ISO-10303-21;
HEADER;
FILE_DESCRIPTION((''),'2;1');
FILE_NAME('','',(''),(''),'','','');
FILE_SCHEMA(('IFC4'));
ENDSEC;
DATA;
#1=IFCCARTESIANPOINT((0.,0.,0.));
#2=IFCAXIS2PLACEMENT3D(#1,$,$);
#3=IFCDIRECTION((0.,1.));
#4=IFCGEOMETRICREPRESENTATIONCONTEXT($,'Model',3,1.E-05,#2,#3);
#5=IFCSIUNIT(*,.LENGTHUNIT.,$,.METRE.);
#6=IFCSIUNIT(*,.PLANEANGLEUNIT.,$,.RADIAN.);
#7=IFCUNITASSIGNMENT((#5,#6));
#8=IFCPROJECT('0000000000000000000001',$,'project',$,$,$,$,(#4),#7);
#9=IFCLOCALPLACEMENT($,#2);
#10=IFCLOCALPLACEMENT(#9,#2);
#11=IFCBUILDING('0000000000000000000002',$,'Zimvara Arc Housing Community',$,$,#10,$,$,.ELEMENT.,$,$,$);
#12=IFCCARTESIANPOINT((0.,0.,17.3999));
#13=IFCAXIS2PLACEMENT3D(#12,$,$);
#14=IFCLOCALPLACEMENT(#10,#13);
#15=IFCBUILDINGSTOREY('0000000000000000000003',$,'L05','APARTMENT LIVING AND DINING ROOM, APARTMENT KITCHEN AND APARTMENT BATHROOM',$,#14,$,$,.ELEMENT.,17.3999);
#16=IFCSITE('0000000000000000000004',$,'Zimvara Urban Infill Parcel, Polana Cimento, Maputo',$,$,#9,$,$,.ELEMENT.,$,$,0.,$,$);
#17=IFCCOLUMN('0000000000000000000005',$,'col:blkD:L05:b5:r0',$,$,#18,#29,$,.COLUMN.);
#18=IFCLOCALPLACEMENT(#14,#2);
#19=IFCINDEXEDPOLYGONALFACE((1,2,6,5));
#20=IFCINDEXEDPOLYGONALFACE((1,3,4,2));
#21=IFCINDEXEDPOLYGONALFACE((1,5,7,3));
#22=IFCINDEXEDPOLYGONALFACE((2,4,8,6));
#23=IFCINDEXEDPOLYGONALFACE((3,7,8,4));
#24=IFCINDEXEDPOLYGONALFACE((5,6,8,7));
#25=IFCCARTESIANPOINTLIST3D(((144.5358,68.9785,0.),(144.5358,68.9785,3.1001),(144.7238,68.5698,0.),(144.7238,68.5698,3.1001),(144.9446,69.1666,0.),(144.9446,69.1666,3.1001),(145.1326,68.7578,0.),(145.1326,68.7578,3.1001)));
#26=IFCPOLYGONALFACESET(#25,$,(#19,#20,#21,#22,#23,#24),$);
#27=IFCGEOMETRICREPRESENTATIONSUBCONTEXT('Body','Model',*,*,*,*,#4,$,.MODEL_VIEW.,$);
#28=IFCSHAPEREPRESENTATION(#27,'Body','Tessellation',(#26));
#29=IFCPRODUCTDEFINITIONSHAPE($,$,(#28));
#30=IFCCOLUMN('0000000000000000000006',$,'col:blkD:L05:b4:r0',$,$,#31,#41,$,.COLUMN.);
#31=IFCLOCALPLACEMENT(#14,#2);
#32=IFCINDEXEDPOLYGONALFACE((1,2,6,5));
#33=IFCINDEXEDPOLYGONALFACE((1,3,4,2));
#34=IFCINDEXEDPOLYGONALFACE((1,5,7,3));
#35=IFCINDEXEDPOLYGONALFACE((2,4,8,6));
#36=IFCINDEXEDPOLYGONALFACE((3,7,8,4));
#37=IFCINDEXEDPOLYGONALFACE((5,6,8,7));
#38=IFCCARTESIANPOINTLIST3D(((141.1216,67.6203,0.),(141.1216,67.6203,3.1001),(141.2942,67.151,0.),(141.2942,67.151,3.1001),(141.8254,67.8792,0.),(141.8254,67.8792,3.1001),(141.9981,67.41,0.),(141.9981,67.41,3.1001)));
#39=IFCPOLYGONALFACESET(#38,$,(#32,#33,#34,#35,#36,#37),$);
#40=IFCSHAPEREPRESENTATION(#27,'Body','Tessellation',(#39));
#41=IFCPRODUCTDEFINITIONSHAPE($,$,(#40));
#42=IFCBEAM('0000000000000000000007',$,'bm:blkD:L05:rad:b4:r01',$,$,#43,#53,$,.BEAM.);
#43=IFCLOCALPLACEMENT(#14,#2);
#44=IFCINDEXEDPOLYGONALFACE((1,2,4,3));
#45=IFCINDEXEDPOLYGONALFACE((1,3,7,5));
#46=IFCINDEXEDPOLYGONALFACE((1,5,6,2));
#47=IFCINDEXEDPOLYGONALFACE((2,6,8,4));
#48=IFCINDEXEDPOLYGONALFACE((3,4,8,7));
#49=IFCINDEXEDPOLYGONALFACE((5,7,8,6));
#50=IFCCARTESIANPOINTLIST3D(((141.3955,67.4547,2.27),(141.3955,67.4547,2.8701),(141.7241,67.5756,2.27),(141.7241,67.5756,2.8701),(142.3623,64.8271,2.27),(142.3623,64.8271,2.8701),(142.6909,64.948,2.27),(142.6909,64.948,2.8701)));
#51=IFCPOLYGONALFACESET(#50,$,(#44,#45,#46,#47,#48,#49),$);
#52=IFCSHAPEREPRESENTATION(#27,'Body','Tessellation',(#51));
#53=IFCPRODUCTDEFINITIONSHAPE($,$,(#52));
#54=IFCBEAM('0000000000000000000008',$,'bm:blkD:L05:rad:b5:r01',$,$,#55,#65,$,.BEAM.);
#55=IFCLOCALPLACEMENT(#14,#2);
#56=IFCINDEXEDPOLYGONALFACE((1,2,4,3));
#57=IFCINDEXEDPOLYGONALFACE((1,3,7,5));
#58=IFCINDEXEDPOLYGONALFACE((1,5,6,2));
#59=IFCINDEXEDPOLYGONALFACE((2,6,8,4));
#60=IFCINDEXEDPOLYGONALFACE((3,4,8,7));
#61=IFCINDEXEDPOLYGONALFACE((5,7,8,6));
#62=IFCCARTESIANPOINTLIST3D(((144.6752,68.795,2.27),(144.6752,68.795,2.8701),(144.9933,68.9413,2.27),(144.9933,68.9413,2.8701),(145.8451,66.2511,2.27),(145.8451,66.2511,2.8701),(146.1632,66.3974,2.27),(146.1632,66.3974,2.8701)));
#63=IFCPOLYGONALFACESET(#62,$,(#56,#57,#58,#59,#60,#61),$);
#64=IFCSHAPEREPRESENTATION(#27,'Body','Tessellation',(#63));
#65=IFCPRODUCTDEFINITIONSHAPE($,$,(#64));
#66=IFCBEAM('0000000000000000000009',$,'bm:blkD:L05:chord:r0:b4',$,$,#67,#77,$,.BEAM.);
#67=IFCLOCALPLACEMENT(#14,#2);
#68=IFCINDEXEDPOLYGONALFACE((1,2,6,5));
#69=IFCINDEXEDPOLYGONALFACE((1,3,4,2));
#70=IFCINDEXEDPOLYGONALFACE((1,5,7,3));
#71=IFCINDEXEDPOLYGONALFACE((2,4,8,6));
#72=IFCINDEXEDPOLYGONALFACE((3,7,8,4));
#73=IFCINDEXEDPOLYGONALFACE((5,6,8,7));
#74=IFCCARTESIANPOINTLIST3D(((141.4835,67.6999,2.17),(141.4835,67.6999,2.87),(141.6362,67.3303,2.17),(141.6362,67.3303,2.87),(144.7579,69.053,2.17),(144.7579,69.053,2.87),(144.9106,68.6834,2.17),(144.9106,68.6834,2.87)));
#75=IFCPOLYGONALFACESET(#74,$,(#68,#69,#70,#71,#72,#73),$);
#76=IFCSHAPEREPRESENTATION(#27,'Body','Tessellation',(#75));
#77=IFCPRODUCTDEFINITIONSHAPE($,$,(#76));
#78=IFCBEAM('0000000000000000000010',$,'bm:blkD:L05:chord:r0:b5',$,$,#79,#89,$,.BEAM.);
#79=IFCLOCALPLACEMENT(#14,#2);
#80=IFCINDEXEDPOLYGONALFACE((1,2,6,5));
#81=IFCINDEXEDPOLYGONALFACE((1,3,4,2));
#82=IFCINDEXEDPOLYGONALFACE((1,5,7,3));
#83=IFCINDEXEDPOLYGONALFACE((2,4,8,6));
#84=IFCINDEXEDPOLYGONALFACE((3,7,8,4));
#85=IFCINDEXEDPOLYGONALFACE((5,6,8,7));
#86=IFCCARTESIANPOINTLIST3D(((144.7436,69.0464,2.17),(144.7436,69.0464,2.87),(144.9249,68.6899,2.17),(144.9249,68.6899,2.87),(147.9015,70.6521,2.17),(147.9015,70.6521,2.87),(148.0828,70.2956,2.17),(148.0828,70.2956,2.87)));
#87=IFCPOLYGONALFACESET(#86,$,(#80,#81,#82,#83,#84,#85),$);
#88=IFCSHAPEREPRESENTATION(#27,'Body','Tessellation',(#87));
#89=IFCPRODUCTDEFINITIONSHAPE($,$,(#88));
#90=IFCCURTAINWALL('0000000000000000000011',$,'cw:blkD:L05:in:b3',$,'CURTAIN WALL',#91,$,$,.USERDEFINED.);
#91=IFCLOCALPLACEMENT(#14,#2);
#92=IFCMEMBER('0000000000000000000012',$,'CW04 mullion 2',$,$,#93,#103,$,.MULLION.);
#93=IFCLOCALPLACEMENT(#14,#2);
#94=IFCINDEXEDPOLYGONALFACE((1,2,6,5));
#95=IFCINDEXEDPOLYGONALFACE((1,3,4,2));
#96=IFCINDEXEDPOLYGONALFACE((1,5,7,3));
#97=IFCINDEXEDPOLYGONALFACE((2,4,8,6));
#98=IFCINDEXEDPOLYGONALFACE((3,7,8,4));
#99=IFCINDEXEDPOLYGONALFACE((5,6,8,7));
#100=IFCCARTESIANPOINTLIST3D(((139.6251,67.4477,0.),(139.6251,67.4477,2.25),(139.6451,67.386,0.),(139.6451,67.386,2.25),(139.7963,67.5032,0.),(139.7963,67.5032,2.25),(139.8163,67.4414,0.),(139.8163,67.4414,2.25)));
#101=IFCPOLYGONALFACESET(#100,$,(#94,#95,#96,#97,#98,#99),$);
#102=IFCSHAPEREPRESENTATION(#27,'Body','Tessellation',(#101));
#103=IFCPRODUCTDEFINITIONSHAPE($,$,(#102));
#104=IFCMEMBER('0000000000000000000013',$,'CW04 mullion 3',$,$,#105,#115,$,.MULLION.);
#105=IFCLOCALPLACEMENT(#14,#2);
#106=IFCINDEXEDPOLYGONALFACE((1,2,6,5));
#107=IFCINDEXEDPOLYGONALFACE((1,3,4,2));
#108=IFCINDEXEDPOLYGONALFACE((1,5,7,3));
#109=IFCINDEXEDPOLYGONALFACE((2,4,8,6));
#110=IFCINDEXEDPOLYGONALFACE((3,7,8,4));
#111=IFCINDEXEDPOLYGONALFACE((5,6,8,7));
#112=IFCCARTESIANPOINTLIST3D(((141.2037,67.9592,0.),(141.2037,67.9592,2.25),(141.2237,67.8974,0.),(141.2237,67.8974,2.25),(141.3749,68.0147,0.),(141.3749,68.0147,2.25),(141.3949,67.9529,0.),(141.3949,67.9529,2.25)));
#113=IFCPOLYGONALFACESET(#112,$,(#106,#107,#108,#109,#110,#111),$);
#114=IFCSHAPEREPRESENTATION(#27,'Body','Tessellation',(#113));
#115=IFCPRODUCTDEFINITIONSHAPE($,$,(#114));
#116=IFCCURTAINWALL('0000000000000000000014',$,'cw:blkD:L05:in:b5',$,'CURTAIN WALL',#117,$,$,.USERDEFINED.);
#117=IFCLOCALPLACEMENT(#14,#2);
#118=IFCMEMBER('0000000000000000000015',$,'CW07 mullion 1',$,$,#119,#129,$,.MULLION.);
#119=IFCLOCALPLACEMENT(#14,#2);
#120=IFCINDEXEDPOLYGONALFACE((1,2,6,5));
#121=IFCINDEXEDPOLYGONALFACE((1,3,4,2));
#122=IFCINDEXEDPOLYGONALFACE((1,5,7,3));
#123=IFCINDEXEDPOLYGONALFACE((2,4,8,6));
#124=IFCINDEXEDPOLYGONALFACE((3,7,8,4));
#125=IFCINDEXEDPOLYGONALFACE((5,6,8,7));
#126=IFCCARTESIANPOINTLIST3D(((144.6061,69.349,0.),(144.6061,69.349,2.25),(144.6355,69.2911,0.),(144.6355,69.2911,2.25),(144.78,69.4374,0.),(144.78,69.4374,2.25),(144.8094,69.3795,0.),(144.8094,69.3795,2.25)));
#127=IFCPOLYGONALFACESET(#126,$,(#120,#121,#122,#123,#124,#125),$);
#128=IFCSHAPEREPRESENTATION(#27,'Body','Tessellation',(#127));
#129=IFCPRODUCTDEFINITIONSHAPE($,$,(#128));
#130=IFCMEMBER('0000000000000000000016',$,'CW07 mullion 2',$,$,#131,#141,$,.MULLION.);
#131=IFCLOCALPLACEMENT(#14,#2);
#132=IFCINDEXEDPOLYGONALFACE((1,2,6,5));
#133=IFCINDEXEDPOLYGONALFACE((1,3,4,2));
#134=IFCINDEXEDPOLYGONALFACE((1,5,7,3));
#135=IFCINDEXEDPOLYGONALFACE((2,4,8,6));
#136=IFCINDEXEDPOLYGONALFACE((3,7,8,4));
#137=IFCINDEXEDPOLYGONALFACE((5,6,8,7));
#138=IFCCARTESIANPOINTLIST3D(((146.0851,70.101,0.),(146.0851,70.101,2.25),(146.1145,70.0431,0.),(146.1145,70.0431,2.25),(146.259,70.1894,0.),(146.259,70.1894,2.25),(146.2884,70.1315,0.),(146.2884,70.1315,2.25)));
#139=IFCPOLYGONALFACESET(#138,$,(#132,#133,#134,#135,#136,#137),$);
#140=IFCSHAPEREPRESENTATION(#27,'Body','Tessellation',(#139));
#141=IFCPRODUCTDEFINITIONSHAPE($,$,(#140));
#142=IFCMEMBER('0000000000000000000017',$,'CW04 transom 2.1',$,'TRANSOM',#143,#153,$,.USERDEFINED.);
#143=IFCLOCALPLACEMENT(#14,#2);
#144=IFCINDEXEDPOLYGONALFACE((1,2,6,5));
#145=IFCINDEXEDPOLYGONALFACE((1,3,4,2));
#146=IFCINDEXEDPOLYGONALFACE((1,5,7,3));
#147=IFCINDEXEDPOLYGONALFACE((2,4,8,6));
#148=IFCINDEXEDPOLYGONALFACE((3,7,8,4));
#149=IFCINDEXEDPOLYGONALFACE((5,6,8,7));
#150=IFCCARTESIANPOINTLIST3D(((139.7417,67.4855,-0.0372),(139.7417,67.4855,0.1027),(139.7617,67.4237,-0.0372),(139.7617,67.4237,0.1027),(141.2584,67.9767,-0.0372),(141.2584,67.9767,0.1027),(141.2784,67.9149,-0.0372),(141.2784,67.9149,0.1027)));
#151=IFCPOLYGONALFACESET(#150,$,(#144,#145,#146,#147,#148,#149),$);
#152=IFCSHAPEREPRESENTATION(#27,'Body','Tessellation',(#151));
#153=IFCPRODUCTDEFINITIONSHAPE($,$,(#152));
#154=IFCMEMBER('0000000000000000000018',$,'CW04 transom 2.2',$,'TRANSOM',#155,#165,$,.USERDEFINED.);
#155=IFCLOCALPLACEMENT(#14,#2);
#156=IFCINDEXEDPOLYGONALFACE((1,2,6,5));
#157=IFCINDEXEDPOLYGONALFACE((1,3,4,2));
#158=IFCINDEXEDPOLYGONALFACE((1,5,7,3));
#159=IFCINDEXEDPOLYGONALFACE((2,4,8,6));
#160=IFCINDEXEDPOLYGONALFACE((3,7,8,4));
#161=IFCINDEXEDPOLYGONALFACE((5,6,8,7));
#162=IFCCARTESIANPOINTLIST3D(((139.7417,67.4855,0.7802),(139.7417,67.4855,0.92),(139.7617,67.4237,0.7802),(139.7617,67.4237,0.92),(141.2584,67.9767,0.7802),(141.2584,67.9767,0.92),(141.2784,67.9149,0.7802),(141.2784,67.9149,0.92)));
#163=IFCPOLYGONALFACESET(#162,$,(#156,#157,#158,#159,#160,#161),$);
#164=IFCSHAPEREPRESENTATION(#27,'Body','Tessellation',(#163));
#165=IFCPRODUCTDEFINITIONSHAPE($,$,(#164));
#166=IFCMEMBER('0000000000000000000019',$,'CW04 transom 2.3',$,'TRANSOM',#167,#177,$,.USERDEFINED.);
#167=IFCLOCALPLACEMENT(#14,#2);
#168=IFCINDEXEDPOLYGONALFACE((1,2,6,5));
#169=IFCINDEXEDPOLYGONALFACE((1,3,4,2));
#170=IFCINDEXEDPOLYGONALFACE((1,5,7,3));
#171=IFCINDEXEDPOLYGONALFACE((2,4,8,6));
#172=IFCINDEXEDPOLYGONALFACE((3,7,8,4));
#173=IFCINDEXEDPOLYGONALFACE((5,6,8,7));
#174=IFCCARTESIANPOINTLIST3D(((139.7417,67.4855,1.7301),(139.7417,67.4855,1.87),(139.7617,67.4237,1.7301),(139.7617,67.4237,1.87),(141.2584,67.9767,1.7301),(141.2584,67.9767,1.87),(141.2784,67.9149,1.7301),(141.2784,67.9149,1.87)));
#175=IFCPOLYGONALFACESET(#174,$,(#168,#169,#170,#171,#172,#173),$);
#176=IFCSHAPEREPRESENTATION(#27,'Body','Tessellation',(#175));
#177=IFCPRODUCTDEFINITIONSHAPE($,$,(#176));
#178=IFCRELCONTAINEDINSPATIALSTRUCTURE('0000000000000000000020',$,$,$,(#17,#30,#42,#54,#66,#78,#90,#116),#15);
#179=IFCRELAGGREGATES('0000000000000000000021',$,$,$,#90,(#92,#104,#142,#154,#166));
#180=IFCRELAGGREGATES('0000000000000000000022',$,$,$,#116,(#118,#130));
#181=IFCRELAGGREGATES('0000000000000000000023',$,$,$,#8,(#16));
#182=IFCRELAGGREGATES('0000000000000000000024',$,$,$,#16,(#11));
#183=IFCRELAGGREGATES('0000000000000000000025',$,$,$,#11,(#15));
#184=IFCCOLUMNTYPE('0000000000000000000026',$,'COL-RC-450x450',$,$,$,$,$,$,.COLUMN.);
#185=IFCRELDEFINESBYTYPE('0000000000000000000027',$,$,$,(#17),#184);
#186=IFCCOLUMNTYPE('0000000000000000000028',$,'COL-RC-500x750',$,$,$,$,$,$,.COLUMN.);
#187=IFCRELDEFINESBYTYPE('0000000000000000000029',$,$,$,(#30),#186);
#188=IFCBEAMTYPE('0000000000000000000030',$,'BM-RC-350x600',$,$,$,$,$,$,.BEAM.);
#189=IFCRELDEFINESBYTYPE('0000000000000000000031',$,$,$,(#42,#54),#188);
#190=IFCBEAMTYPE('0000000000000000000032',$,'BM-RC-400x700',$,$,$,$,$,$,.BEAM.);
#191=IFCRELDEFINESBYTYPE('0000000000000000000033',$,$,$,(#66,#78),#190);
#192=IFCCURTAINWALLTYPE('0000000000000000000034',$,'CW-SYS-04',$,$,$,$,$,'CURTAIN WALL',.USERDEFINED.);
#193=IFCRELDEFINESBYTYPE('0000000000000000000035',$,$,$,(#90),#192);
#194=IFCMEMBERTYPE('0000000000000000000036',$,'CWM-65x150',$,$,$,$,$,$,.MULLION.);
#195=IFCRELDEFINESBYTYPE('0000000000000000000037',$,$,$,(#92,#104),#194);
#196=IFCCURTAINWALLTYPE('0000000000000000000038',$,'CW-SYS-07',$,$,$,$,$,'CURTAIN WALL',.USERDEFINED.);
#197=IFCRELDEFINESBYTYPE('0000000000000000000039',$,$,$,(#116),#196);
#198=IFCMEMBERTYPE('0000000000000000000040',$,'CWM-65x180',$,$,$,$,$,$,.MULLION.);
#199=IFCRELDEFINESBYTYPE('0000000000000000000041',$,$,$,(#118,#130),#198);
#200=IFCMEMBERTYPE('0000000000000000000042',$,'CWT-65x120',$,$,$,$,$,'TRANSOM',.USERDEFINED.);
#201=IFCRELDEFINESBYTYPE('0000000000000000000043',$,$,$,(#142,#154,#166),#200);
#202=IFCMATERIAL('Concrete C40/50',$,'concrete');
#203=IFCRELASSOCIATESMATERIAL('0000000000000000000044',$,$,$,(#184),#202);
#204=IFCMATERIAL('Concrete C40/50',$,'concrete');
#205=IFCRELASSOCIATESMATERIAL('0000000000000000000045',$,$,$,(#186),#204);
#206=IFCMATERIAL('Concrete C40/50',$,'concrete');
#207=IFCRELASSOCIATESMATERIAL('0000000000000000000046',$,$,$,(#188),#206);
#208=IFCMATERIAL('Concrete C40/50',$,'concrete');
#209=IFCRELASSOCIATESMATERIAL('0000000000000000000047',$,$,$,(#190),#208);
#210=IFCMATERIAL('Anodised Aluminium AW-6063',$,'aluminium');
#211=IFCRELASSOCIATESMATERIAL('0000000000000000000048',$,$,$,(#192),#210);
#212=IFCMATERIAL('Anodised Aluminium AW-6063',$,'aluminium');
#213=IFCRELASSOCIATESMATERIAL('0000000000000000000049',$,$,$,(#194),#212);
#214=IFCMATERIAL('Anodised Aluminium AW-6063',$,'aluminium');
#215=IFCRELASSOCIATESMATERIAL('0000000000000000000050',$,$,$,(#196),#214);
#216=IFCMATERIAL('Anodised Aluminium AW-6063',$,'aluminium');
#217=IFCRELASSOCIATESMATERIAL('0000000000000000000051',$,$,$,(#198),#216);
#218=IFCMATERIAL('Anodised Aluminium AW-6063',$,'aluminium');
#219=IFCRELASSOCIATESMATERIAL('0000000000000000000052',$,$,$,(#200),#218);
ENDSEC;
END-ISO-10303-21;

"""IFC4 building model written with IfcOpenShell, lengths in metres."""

from ifc_helpers import new_model, si_unit, direction, frame, origin, origin_2d, place, context, subcontext, project, spatial, rectangle, extrude, material, material_profile, profile_set, type_object, element, aggregate, save


model = new_model("IFC4")

# Units and contexts
model_context = context("Model", 3, precision=1e-05, world=origin(), true_north=direction((0.0, 1.0)))
body_context = subcontext(model_context, "Body", "Model", "MODEL_VIEW")
ifc_project = project(units=[si_unit("LENGTHUNIT", "METRE"), si_unit("PLANEANGLEUNIT", "RADIAN")], contexts=[model_context])

# Site, building, storey
site_placement = place(None, origin())
site = spatial("IfcSite", under=ifc_project, at=site_placement, Name="Zimvara Urban Infill Parcel, Polana Cimento, Maputo", CompositionType="ELEMENT", RefElevation=0.0)
building_placement = place(site_placement, origin())
building = spatial("IfcBuilding", under=site, at=building_placement, Name="Zimvara Arc Housing Community", CompositionType="ELEMENT")
storey_placement = place(building_placement, frame((0.0, 0.0, 17.3999)))
storey = spatial("IfcBuildingStorey", under=building, at=storey_placement, Name="L05", Description="APARTMENT LIVING AND DINING ROOM, APARTMENT KITCHEN AND APARTMENT BATHROOM", CompositionType="ELEMENT", Elevation=17.3999)

# Columns
ifc_material_1 = material(Name="Concrete C40/50", Category="concrete")
ifc_material_profile_1 = material_profile(ifc_material_1, rectangle(XDim=0.45, YDim=0.45, at=origin_2d()), Name="RC 450x450")
ifc_profile_set_1 = profile_set([ifc_material_profile_1], Name="Concrete C40/50")
column_type_1 = type_object("IfcColumnType", Name="COL-RC-450x450", PredefinedType="COLUMN", material=ifc_profile_set_1)
column_1_placement = place(storey_placement, frame((144.8342, 68.8682, 0.0), z_axis=(0.0, 0.0, 1.0), x_axis=(0.417867, -0.908508, 0.0)))
element("IfcColumn", 1, at=column_1_placement, inside=storey, type_object=column_type_1, Name="col:blkD:L05:b5:r0", PredefinedType="COLUMN", context=body_context, shape_type="SweptSolid", body=[
    extrude(rectangle(XDim=0.45, YDim=0.45, at=origin_2d()), origin(), (0.0, 0.0, 1.0), 3.1001),
])
ifc_material_2 = material(Name="Concrete C40/50", Category="concrete")
ifc_material_profile_2 = material_profile(ifc_material_2, rectangle(XDim=0.5, YDim=0.75, at=origin_2d()), Name="RC 500x750")
ifc_profile_set_2 = profile_set([ifc_material_profile_2], Name="Concrete C40/50")
column_type_2 = type_object("IfcColumnType", Name="COL-RC-500x750", PredefinedType="COLUMN", material=ifc_profile_set_2)
column_2_placement = place(storey_placement, frame((141.5598, 67.5151, 0.0), z_axis=(0.0, 0.0, 1.0), x_axis=(0.345298, -0.938493, 0.0)))
element("IfcColumn", 2, at=column_2_placement, inside=storey, type_object=column_type_2, Name="col:blkD:L05:b4:r0", PredefinedType="COLUMN", context=body_context, shape_type="SweptSolid", body=[
    extrude(rectangle(XDim=0.5, YDim=0.75, at=origin_2d()), origin(), (0.0, 0.0, 1.0), 3.1001),
])

# Beams
ifc_material_3 = material(Name="Concrete C40/50", Category="concrete")
ifc_material_profile_3 = material_profile(ifc_material_3, rectangle(XDim=0.3501, YDim=0.6001, at=origin_2d()), Name="RC 350x600")
ifc_profile_set_3 = profile_set([ifc_material_profile_3], Name="Concrete C40/50")
beam_type_1 = type_object("IfcBeamType", Name="BM-RC-350x600", PredefinedType="BEAM", material=ifc_profile_set_3)
beam_1_placement = place(storey_placement, frame((141.5598, 67.5151, 2.5701), z_axis=(0.345297, -0.938493, 0.0), x_axis=(0.938493, 0.345297, 0.0)))
element("IfcBeam", 3, at=beam_1_placement, inside=storey, type_object=beam_type_1, Name="bm:blkD:L05:rad:b4:r01", PredefinedType="BEAM", context=body_context, shape_type="SweptSolid", body=[
    extrude(rectangle(XDim=0.3501, YDim=0.6001, at=origin_2d()), origin(), (0.0, 0.0, 1.0), 2.7998),
])
beam_2_placement = place(storey_placement, frame((144.8342, 68.8682, 2.5701), z_axis=(0.417819, -0.90853, 0.0), x_axis=(0.90853, 0.417819, 0.0)))
element("IfcBeam", 4, at=beam_2_placement, inside=storey, type_object=beam_type_1, Name="bm:blkD:L05:rad:b5:r01", PredefinedType="BEAM", context=body_context, shape_type="SweptSolid", body=[
    extrude(rectangle(XDim=0.3501, YDim=0.6001, at=origin_2d()), origin(), (0.0, 0.0, 1.0), 2.8),
])
ifc_material_4 = material(Name="Concrete C40/50", Category="concrete")
ifc_material_profile_4 = material_profile(ifc_material_4, rectangle(XDim=0.3999, YDim=0.7, at=origin_2d()), Name="RC 400x700")
ifc_profile_set_4 = profile_set([ifc_material_profile_4], Name="Concrete C40/50")
beam_type_2 = type_object("IfcBeamType", Name="BM-RC-400x700", PredefinedType="BEAM", material=ifc_profile_set_4)
beam_3_placement = place(storey_placement, frame((141.5598, 67.5151, 2.52), z_axis=(0.924206, 0.381893, 0.0), x_axis=(-0.381893, 0.924206, 0.0)))
element("IfcBeam", 5, at=beam_3_placement, inside=storey, type_object=beam_type_2, Name="bm:blkD:L05:chord:r0:b4", PredefinedType="BEAM", context=body_context, shape_type="SweptSolid", body=[
    extrude(rectangle(XDim=0.3999, YDim=0.7, at=origin_2d()), origin(), (0.0, 0.0, 1.0), 3.543),
])
beam_4_placement = place(storey_placement, frame((144.8342, 68.8682, 2.52), z_axis=(0.891388, 0.45324, 0.0), x_axis=(-0.45324, 0.891388, 0.0)))
element("IfcBeam", 6, at=beam_4_placement, inside=storey, type_object=beam_type_2, Name="bm:blkD:L05:chord:r0:b5", PredefinedType="BEAM", context=body_context, shape_type="SweptSolid", body=[
    extrude(rectangle(XDim=0.3999, YDim=0.7, at=origin_2d()), origin(), (0.0, 0.0, 1.0), 3.5427),
])

# Curtain walls, members
ifc_material_5 = material(Name="Anodised Aluminium AW-6063", Category="aluminium")
curtain_wall_type_1 = type_object("IfcCurtainWallType", Name="CW-SYS-04", ElementType="CURTAIN WALL", PredefinedType="USERDEFINED", material=ifc_material_5)
curtain_wall_1_placement = place(storey_placement, origin())
curtain_wall_1 = element("IfcCurtainWall", 7, at=curtain_wall_1_placement, inside=storey, type_object=curtain_wall_type_1, Name="cw:blkD:L05:in:b3", ObjectType="CURTAIN WALL", PredefinedType="USERDEFINED")
ifc_material_6 = material(Name="Anodised Aluminium AW-6063", Category="aluminium")
ifc_material_profile_5 = material_profile(ifc_material_6, rectangle(XDim=0.0649, YDim=0.1799, at=origin_2d()), Name="ALU 65x180")
ifc_profile_set_5 = profile_set([ifc_material_profile_5], Name="Anodised Aluminium AW-6063")
member_type_1 = type_object("IfcMemberType", Name="CWM-65x150", PredefinedType="MULLION", material=ifc_profile_set_5)
member_1_placement = place(storey_placement, frame((139.7207, 67.4446, 0.0), z_axis=(0.0, 0.0, 1.0), x_axis=(-0.308185, 0.951326, 0.0)))
member_1 = element("IfcMember", 8, at=member_1_placement, type_object=member_type_1, Name="CW04 mullion 2", PredefinedType="MULLION", context=body_context, shape_type="SweptSolid", body=[
    extrude(rectangle(XDim=0.0649, YDim=0.1799, at=origin_2d()), origin(), (0.0, 0.0, 1.0), 2.25),
])
member_2_placement = place(storey_placement, frame((141.2993, 67.9561, 0.0), z_axis=(0.0, 0.0, 1.0), x_axis=(-0.308185, 0.951326, 0.0)))
member_2 = element("IfcMember", 9, at=member_2_placement, type_object=member_type_1, Name="CW04 mullion 3", PredefinedType="MULLION", context=body_context, shape_type="SweptSolid", body=[
    extrude(rectangle(XDim=0.0649, YDim=0.1799, at=origin_2d()), origin(), (0.0, 0.0, 1.0), 2.25),
])
ifc_material_7 = material(Name="Anodised Aluminium AW-6063", Category="aluminium")
curtain_wall_type_2 = type_object("IfcCurtainWallType", Name="CW-SYS-07", ElementType="CURTAIN WALL", PredefinedType="USERDEFINED", material=ifc_material_7)
curtain_wall_2_placement = place(storey_placement, origin())
curtain_wall_2 = element("IfcCurtainWall", 10, at=curtain_wall_2_placement, inside=storey, type_object=curtain_wall_type_2, Name="cw:blkD:L05:in:b5", ObjectType="CURTAIN WALL", PredefinedType="USERDEFINED")
ifc_material_8 = material(Name="Anodised Aluminium AW-6063", Category="aluminium")
ifc_material_profile_6 = material_profile(ifc_material_8, rectangle(XDim=0.0649, YDim=0.1951, at=origin_2d()), Name="ALU 65x195")
ifc_profile_set_6 = profile_set([ifc_material_profile_6], Name="Anodised Aluminium AW-6063")
member_type_2 = type_object("IfcMemberType", Name="CWM-65x180", PredefinedType="MULLION", material=ifc_profile_set_6)
member_3_placement = place(storey_placement, frame((144.7078, 69.3643, 0.0), z_axis=(0.0, 0.0, 1.0), x_axis=(-0.453211, 0.891403, 0.0)))
member_3 = element("IfcMember", 11, at=member_3_placement, type_object=member_type_2, Name="CW07 mullion 1", PredefinedType="MULLION", context=body_context, shape_type="SweptSolid", body=[
    extrude(rectangle(XDim=0.0649, YDim=0.1951, at=origin_2d()), origin(), (0.0, 0.0, 1.0), 2.25),
])
member_4_placement = place(storey_placement, frame((146.1868, 70.1162, 0.0), z_axis=(0.0, 0.0, 1.0), x_axis=(-0.453211, 0.891403, 0.0)))
member_4 = element("IfcMember", 12, at=member_4_placement, type_object=member_type_2, Name="CW07 mullion 2", PredefinedType="MULLION", context=body_context, shape_type="SweptSolid", body=[
    extrude(rectangle(XDim=0.0649, YDim=0.1951, at=origin_2d()), origin(), (0.0, 0.0, 1.0), 2.25),
])

# Members
ifc_material_9 = material(Name="Anodised Aluminium AW-6063", Category="aluminium")
ifc_material_profile_7 = material_profile(ifc_material_9, rectangle(XDim=0.0649, YDim=0.1399, at=origin_2d()), Name="ALU 65x140")
ifc_profile_set_7 = profile_set([ifc_material_profile_7], Name="Anodised Aluminium AW-6063")
member_type_3 = type_object("IfcMemberType", Name="CWT-65x120", ElementType="TRANSOM", PredefinedType="USERDEFINED", material=ifc_profile_set_7)
member_5_placement = place(storey_placement, frame((139.7517, 67.4546, 0.0327), z_axis=(0.951344, 0.30813, 0.0), x_axis=(-0.30813, 0.951344, 0.0)))
member_5 = element("IfcMember", 13, at=member_5_placement, type_object=member_type_3, Name="CW04 transom 2.1", ObjectType="TRANSOM", PredefinedType="USERDEFINED", context=body_context, shape_type="SweptSolid", body=[
    extrude(rectangle(XDim=0.0649, YDim=0.1399, at=origin_2d()), origin(), (0.0, 0.0, 1.0), 1.5942),
])
member_6_placement = place(storey_placement, frame((139.7517, 67.4546, 0.8501), z_axis=(0.951344, 0.30813, 0.0), x_axis=(-0.30813, 0.951344, 0.0)))
member_6 = element("IfcMember", 14, at=member_6_placement, type_object=member_type_3, Name="CW04 transom 2.2", ObjectType="TRANSOM", PredefinedType="USERDEFINED", context=body_context, shape_type="SweptSolid", body=[
    extrude(rectangle(XDim=0.0649, YDim=0.1399, at=origin_2d()), origin(), (0.0, 0.0, 1.0), 1.5942),
])
member_7_placement = place(storey_placement, frame((139.7517, 67.4546, 1.8), z_axis=(0.951344, 0.30813, 0.0), x_axis=(-0.30813, 0.951344, 0.0)))
member_7 = element("IfcMember", 15, at=member_7_placement, type_object=member_type_3, Name="CW04 transom 2.3", ObjectType="TRANSOM", PredefinedType="USERDEFINED", context=body_context, shape_type="SweptSolid", body=[
    extrude(rectangle(XDim=0.0649, YDim=0.1399, at=origin_2d()), origin(), (0.0, 0.0, 1.0), 1.5942),
])

aggregate(curtain_wall_1, [member_1, member_2, member_5, member_6, member_7])
aggregate(curtain_wall_2, [member_3, member_4])

save(model, "model.ifc")
